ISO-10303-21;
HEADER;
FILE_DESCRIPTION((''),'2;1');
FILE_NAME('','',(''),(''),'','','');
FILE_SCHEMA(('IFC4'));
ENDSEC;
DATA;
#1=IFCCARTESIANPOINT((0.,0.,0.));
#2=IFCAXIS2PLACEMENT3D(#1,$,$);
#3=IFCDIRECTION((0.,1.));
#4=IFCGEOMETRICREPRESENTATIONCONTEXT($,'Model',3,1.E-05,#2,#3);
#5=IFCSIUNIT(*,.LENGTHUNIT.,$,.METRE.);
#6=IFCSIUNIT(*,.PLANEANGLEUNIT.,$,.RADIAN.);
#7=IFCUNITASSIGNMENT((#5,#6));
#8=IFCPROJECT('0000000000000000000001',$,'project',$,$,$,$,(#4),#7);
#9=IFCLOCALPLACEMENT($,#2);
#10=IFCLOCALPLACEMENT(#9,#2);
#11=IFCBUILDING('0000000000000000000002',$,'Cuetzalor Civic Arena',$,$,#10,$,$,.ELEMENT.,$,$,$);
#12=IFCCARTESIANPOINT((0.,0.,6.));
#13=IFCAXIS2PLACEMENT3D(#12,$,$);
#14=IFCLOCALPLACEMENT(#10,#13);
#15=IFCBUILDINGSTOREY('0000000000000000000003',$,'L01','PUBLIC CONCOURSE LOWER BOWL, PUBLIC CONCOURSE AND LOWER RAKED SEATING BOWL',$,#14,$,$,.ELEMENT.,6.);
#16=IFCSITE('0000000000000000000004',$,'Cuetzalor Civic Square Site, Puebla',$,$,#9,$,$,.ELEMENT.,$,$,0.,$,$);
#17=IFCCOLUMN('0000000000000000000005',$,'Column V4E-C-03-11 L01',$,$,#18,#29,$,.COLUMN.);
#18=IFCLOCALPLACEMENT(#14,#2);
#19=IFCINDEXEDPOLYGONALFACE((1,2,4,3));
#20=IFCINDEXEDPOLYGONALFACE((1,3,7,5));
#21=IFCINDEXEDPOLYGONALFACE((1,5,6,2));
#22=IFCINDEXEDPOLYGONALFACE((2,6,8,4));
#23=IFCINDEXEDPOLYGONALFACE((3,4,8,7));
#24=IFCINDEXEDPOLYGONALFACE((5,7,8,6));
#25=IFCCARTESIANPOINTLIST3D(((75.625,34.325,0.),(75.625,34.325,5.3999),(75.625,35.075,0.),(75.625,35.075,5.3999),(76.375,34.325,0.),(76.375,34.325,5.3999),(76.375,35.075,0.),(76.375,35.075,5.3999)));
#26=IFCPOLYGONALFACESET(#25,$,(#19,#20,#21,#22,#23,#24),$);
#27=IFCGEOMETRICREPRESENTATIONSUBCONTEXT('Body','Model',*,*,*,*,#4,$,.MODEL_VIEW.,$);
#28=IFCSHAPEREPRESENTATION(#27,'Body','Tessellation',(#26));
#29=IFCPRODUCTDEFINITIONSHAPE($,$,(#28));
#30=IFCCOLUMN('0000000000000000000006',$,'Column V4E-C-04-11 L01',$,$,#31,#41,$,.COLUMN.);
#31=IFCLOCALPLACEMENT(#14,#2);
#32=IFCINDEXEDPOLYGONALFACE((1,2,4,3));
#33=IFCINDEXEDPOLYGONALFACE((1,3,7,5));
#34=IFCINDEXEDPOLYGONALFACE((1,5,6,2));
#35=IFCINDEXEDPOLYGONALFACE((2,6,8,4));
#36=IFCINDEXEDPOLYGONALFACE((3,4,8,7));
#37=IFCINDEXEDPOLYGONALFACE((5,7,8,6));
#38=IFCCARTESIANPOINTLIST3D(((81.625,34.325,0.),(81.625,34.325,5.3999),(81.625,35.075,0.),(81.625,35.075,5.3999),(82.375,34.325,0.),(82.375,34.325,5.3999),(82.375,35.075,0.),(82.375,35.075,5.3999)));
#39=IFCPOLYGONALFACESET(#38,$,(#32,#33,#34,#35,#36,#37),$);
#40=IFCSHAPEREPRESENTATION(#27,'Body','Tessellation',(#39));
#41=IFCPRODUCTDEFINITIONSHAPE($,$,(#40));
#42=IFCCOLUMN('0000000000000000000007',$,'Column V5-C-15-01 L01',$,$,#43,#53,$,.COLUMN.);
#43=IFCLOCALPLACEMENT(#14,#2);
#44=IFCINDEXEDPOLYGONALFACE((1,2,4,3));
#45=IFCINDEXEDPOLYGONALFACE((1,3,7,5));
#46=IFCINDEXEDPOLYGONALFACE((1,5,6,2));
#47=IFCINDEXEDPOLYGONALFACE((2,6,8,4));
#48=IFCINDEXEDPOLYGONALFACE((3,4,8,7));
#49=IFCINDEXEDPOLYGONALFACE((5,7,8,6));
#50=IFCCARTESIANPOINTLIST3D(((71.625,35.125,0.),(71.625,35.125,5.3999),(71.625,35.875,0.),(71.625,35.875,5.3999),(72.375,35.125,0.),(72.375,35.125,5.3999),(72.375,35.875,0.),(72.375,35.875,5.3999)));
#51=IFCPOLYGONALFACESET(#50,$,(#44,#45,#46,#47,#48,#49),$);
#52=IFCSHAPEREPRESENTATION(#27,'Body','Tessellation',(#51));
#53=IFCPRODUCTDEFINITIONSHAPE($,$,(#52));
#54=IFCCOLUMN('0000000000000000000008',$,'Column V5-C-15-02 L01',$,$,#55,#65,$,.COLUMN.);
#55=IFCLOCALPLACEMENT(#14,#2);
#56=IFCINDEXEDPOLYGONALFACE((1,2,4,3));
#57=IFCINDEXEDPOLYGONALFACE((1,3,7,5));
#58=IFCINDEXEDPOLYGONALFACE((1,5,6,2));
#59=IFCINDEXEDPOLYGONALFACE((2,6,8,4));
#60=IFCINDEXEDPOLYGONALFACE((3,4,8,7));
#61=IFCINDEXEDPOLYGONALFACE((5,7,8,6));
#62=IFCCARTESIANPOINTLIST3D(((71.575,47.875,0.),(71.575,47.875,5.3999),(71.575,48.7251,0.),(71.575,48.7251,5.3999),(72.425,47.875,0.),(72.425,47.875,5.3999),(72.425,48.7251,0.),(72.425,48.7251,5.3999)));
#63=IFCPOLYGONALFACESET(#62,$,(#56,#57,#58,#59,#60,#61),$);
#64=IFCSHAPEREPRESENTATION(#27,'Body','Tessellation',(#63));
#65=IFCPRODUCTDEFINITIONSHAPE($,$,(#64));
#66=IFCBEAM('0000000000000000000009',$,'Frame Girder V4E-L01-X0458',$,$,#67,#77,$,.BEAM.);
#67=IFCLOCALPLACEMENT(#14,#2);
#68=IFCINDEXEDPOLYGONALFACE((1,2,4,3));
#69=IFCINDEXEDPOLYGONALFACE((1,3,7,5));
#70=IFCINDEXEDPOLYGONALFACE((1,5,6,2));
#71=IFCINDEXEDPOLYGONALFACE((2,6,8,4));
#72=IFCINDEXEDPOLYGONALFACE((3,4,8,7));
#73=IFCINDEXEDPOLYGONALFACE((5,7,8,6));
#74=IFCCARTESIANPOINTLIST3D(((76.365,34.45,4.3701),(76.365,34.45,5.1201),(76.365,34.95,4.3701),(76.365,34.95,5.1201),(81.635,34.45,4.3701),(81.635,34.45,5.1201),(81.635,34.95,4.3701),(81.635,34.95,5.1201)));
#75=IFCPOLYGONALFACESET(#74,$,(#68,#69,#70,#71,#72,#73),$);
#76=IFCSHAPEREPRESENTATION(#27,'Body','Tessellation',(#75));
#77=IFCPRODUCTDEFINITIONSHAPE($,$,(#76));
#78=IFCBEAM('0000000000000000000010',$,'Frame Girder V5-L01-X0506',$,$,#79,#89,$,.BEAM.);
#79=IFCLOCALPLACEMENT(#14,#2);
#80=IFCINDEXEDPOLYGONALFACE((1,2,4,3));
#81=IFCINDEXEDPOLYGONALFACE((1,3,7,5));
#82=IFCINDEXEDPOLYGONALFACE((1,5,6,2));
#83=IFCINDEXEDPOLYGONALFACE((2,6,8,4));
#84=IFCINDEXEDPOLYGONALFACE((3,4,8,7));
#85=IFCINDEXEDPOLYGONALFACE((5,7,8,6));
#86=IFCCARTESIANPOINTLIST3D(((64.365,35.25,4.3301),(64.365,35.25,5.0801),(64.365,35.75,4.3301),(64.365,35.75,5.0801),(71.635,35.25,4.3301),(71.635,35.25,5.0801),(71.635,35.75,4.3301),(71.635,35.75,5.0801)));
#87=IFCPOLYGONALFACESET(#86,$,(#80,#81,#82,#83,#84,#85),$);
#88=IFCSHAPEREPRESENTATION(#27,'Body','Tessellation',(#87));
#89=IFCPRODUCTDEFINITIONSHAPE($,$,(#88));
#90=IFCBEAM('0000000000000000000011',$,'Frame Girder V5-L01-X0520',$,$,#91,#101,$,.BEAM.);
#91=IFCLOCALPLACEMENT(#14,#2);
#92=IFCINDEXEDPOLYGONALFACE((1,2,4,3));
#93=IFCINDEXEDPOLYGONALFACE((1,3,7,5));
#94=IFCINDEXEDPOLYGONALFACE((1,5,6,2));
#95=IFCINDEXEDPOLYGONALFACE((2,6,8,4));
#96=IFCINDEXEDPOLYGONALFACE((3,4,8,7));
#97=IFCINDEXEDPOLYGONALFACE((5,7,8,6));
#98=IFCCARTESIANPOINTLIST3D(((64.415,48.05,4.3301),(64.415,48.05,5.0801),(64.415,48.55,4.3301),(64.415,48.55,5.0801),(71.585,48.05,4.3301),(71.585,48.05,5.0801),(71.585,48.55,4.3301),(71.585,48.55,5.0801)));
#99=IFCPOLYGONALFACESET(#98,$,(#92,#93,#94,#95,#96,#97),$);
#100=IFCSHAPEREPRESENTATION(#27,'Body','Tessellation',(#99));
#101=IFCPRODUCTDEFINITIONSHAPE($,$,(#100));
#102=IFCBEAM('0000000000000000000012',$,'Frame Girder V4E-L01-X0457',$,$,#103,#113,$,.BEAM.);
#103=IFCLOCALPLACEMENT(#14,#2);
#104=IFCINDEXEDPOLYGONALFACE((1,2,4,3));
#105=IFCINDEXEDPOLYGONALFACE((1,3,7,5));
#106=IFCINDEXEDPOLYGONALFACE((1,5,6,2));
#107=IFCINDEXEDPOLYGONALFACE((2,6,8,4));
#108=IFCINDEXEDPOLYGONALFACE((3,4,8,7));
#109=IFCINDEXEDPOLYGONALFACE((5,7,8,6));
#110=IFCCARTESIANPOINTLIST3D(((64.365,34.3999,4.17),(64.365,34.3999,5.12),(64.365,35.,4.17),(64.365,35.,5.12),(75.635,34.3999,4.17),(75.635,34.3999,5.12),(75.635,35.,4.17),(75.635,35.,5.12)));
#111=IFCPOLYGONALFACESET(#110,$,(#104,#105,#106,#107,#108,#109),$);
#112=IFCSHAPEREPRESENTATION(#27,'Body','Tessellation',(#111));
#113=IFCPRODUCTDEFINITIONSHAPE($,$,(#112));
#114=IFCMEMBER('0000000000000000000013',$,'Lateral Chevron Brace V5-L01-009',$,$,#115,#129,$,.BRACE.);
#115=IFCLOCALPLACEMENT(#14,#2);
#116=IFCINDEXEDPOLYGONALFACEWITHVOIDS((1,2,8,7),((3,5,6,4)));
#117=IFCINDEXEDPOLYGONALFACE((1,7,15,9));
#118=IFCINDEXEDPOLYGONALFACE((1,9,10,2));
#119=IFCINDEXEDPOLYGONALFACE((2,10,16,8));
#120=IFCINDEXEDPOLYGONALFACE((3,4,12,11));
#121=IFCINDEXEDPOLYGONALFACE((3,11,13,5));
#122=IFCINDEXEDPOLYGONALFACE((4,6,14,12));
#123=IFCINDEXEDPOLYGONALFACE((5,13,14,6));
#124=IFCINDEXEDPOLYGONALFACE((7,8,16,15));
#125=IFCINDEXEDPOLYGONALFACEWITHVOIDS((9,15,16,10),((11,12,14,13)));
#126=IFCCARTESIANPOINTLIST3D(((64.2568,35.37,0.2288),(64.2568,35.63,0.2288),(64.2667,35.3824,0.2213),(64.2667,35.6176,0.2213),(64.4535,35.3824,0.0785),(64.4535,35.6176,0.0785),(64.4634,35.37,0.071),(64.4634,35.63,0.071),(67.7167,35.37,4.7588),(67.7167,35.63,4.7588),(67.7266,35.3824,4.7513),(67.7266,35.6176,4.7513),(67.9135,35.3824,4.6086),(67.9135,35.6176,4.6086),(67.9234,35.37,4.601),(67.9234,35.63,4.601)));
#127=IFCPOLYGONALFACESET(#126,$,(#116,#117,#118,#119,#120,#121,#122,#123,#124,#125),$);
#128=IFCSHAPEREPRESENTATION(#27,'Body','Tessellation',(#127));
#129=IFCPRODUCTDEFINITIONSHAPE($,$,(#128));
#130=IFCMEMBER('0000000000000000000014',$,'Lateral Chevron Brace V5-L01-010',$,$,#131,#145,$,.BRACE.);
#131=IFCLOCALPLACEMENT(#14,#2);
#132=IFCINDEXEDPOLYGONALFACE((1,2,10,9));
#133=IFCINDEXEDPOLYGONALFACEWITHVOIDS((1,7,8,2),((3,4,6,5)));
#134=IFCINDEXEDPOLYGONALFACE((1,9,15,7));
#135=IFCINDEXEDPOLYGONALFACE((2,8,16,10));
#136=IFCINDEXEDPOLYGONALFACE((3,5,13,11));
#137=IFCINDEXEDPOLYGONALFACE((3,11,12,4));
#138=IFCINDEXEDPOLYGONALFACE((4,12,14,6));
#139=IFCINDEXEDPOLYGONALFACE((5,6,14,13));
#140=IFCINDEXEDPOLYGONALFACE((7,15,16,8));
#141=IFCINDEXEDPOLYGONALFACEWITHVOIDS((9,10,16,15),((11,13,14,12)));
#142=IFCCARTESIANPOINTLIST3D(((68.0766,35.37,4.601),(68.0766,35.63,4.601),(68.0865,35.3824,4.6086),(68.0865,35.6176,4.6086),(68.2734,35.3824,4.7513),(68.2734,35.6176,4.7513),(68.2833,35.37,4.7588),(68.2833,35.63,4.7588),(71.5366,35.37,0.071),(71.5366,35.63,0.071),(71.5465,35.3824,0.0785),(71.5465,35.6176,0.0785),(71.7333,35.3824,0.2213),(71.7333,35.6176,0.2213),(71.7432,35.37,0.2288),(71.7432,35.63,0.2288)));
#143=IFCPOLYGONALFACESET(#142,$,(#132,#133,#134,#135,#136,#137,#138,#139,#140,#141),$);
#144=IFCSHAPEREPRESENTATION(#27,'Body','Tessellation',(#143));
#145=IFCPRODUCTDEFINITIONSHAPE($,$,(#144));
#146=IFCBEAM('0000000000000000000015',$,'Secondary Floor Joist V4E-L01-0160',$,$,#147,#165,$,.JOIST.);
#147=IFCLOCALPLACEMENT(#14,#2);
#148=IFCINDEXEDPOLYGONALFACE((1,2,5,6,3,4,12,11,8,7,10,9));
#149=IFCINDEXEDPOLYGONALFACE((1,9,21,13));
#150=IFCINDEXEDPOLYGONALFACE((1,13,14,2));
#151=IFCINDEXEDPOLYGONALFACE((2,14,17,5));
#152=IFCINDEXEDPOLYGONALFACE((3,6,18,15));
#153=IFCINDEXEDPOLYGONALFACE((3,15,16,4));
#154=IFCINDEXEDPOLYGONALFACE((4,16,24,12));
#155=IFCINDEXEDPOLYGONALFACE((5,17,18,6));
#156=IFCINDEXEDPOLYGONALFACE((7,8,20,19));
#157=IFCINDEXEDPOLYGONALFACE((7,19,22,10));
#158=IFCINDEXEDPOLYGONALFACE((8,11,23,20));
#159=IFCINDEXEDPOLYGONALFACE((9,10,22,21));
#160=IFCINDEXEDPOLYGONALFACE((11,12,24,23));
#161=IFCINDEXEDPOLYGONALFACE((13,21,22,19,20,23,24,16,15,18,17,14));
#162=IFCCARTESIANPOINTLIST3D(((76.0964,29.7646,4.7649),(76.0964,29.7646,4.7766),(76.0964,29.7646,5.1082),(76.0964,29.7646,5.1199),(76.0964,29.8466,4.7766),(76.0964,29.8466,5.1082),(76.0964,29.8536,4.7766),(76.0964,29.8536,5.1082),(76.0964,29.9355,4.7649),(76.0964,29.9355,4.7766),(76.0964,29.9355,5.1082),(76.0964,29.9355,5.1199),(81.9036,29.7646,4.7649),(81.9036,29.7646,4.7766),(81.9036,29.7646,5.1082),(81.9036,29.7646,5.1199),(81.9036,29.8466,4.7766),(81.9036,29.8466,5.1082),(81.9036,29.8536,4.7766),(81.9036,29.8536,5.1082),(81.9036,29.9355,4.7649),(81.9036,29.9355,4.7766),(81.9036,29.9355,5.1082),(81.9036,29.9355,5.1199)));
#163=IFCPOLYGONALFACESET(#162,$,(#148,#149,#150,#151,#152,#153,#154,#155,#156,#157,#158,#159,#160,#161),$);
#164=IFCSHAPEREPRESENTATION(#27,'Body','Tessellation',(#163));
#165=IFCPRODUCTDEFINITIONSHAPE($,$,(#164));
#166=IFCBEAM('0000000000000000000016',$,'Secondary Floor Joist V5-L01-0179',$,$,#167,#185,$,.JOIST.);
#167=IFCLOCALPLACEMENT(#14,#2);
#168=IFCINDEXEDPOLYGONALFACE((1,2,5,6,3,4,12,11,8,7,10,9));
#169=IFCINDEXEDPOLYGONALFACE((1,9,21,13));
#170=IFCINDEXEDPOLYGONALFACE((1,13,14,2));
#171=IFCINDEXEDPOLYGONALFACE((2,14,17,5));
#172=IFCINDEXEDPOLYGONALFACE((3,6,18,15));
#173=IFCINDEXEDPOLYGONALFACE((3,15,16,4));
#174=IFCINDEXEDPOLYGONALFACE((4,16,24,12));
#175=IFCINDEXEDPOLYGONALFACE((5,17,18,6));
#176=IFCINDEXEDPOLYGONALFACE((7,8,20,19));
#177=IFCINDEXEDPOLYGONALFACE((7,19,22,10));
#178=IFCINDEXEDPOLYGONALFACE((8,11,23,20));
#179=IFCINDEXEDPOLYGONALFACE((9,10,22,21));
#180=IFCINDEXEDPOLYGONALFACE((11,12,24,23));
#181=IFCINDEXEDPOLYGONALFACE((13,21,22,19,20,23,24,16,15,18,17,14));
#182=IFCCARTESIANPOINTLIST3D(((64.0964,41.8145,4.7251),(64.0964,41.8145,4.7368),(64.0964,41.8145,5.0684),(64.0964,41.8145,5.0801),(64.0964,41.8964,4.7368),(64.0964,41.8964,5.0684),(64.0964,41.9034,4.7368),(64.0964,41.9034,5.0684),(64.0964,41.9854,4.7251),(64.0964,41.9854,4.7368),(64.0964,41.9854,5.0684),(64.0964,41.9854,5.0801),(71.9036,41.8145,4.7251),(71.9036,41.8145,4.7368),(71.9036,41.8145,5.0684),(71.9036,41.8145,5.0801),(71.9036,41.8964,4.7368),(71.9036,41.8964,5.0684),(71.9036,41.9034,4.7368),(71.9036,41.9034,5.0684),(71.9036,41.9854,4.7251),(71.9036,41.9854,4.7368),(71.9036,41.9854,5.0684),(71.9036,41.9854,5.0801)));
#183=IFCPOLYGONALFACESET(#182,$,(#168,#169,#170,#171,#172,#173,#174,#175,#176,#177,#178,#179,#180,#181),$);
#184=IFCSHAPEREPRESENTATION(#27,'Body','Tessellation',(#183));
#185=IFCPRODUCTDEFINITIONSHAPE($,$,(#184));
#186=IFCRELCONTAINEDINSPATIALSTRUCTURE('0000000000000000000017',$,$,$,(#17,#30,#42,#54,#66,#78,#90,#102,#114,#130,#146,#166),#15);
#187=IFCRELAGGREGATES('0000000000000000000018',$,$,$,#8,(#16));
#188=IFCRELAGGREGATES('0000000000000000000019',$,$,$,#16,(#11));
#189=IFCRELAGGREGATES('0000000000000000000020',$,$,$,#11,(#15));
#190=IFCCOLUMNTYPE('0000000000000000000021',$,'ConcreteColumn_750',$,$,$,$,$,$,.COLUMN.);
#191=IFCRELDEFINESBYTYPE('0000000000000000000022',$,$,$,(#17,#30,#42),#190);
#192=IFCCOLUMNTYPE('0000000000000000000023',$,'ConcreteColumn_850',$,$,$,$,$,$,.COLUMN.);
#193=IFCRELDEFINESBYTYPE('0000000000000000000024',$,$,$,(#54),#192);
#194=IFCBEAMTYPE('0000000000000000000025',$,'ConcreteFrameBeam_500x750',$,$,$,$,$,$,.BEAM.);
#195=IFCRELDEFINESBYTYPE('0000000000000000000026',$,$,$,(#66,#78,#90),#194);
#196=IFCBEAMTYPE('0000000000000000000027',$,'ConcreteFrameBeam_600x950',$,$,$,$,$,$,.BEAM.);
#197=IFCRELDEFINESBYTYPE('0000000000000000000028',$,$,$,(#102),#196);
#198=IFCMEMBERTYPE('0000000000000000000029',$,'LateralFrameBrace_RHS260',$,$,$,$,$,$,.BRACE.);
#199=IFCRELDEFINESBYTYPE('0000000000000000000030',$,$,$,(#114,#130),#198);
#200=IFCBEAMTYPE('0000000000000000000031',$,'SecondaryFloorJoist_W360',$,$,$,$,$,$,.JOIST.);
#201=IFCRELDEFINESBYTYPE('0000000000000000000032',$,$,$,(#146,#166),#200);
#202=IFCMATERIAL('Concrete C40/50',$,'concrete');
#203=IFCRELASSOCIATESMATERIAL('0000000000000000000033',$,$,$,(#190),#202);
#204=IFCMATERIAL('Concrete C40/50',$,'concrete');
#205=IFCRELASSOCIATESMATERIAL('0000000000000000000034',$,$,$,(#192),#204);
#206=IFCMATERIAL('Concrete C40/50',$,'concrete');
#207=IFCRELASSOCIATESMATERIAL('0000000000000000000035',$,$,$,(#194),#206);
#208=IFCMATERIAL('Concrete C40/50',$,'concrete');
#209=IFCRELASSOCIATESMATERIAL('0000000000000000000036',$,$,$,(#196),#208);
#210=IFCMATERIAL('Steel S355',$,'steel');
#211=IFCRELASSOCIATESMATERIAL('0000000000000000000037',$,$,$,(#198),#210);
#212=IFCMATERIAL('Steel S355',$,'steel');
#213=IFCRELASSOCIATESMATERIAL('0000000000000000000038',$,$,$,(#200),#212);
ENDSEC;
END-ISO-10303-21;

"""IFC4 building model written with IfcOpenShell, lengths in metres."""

from ifc_helpers import new_model, si_unit, direction, frame, origin, origin_2d, place, context, subcontext, project, spatial, rectangle, hollow_rectangle, i_section, extrude, material, material_profile, profile_set, type_object, element, save


model = new_model("IFC4")

# Units and contexts
model_context = context("Model", 3, precision=1e-05, world=origin(), true_north=direction((0.0, 1.0)))
body_context = subcontext(model_context, "Body", "Model", "MODEL_VIEW")
ifc_project = project(units=[si_unit("LENGTHUNIT", "METRE"), si_unit("PLANEANGLEUNIT", "RADIAN")], contexts=[model_context])

# Site, building, storey
site_placement = place(None, origin())
site = spatial("IfcSite", under=ifc_project, at=site_placement, Name="Cuetzalor Civic Square Site, Puebla", CompositionType="ELEMENT", RefElevation=0.0)
building_placement = place(site_placement, origin())
building = spatial("IfcBuilding", under=site, at=building_placement, Name="Cuetzalor Civic Arena", CompositionType="ELEMENT")
storey_placement = place(building_placement, frame((0.0, 0.0, 6.0)))
storey = spatial("IfcBuildingStorey", under=building, at=storey_placement, Name="L01", Description="PUBLIC CONCOURSE LOWER BOWL, PUBLIC CONCOURSE AND LOWER RAKED SEATING BOWL", CompositionType="ELEMENT", Elevation=6.0)

# Columns
ifc_material_1 = material(Name="Concrete C40/50", Category="concrete")
ifc_material_profile_1 = material_profile(ifc_material_1, rectangle(XDim=0.75, YDim=0.75, at=origin_2d()), Name="RC 750x750")
ifc_profile_set_1 = profile_set([ifc_material_profile_1], Name="Concrete C40/50")
column_type_1 = type_object("IfcColumnType", Name="ConcreteColumn_750", PredefinedType="COLUMN", material=ifc_profile_set_1)
for number, where, z_axis, x_axis, name in (
    (1, (76.0, 34.7, 0.0), (0.0, 0.0, 1.0), (1.0, 0.0, 0.0), "Column V4E-C-03-11 L01"),
    (2, (82.0, 34.7, 0.0), (0.0, 0.0, 1.0), (1.0, 0.0, 0.0), "Column V4E-C-04-11 L01"),
    (3, (72.0, 35.5, 0.0), (0.0, 0.0, 1.0), (1.0, 0.0, 0.0), "Column V5-C-15-01 L01"),
):
    element("IfcColumn", number, at=place(storey_placement, frame(where, z_axis=z_axis, x_axis=x_axis)), inside=storey, type_object=column_type_1, Name=name, PredefinedType="COLUMN", context=body_context, shape_type="SweptSolid", body=[
        extrude(rectangle(XDim=0.75, YDim=0.75, at=origin_2d()), origin(), (0.0, 0.0, 1.0), 5.3999),
    ])
ifc_material_2 = material(Name="Concrete C40/50", Category="concrete")
ifc_material_profile_2 = material_profile(ifc_material_2, rectangle(XDim=0.8501, YDim=0.8501, at=origin_2d()), Name="RC 850x850")
ifc_profile_set_2 = profile_set([ifc_material_profile_2], Name="Concrete C40/50")
column_type_2 = type_object("IfcColumnType", Name="ConcreteColumn_850", PredefinedType="COLUMN", material=ifc_profile_set_2)
column_placement = place(storey_placement, frame((72.0, 48.3, 0.0), z_axis=(0.0, 0.0, 1.0), x_axis=(1.0, 0.0, 0.0)))
element("IfcColumn", 4, at=column_placement, inside=storey, type_object=column_type_2, Name="Column V5-C-15-02 L01", PredefinedType="COLUMN", context=body_context, shape_type="SweptSolid", body=[
    extrude(rectangle(XDim=0.8501, YDim=0.8501, at=origin_2d()), origin(), (0.0, 0.0, 1.0), 5.3999),
])

# Beams
ifc_material_3 = material(Name="Concrete C40/50", Category="concrete")
ifc_material_profile_3 = material_profile(ifc_material_3, rectangle(XDim=0.5, YDim=0.75, at=origin_2d()), Name="RC 500x750")
ifc_profile_set_3 = profile_set([ifc_material_profile_3], Name="Concrete C40/50")
beam_type_1 = type_object("IfcBeamType", Name="ConcreteFrameBeam_500x750", PredefinedType="BEAM", material=ifc_profile_set_3)
beam_1_placement = place(storey_placement, frame((76.365, 34.7, 4.7451), z_axis=(1.0, 0.0, 0.0), x_axis=(0.0, 1.0, 0.0)))
element("IfcBeam", 5, at=beam_1_placement, inside=storey, type_object=beam_type_1, Name="Frame Girder V4E-L01-X0458", PredefinedType="BEAM", context=body_context, shape_type="SweptSolid", body=[
    extrude(rectangle(XDim=0.5, YDim=0.75, at=origin_2d()), origin(), (0.0, 0.0, 1.0), 5.27),
])
beam_2_placement = place(storey_placement, frame((64.365, 35.5, 4.7051), z_axis=(1.0, 0.0, 0.0), x_axis=(0.0, 1.0, 0.0)))
element("IfcBeam", 6, at=beam_2_placement, inside=storey, type_object=beam_type_1, Name="Frame Girder V5-L01-X0506", PredefinedType="BEAM", context=body_context, shape_type="SweptSolid", body=[
    extrude(rectangle(XDim=0.5, YDim=0.75, at=origin_2d()), origin(), (0.0, 0.0, 1.0), 7.27),
])
beam_3_placement = place(storey_placement, frame((64.415, 48.3, 4.7051), z_axis=(1.0, 0.0, 0.0), x_axis=(0.0, 1.0, 0.0)))
element("IfcBeam", 7, at=beam_3_placement, inside=storey, type_object=beam_type_1, Name="Frame Girder V5-L01-X0520", PredefinedType="BEAM", context=body_context, shape_type="SweptSolid", body=[
    extrude(rectangle(XDim=0.5, YDim=0.75, at=origin_2d()), origin(), (0.0, 0.0, 1.0), 7.1699),
])
ifc_material_4 = material(Name="Concrete C40/50", Category="concrete")
ifc_material_profile_4 = material_profile(ifc_material_4, rectangle(XDim=0.6001, YDim=0.95, at=origin_2d()), Name="RC 600x950")
ifc_profile_set_4 = profile_set([ifc_material_profile_4], Name="Concrete C40/50")
beam_type_2 = type_object("IfcBeamType", Name="ConcreteFrameBeam_600x950", PredefinedType="BEAM", material=ifc_profile_set_4)
beam_4_placement = place(storey_placement, frame((64.365, 34.7, 4.645), z_axis=(1.0, 0.0, 0.0), x_axis=(0.0, 1.0, 0.0)))
element("IfcBeam", 8, at=beam_4_placement, inside=storey, type_object=beam_type_2, Name="Frame Girder V4E-L01-X0457", PredefinedType="BEAM", context=body_context, shape_type="SweptSolid", body=[
    extrude(rectangle(XDim=0.6001, YDim=0.95, at=origin_2d()), origin(), (0.0, 0.0, 1.0), 11.27),
])

# Members
ifc_material_5 = material(Name="Steel S355", Category="steel")
ifc_material_profile_5 = material_profile(ifc_material_5, hollow_rectangle(XDim=0.26, YDim=0.26, WallThickness=0.0125, at=origin_2d()), Name="RHS 260x260x12.5")
ifc_profile_set_5 = profile_set([ifc_material_profile_5], Name="Steel S355")
member_type = type_object("IfcMemberType", Name="LateralFrameBrace_RHS260", PredefinedType="BRACE", material=ifc_profile_set_5)
for number, where, z_axis, x_axis, name in (
    (9, (64.3601, 35.5, 0.1499), (0.606987, 0.0, 0.794711), (0.0, 1.0, 0.0), "Lateral Chevron Brace V5-L01-009"),
    (10, (71.6399, 35.5, 0.1499), (-0.606987, 0.0, 0.794711), (0.0, -1.0, 0.0), "Lateral Chevron Brace V5-L01-010"),
):
    element("IfcMember", number, at=place(storey_placement, frame(where, z_axis=z_axis, x_axis=x_axis)), inside=storey, type_object=member_type, Name=name, PredefinedType="BRACE", context=body_context, shape_type="SweptSolid", body=[
        extrude(hollow_rectangle(XDim=0.26, YDim=0.26, WallThickness=0.0125, at=origin_2d()), origin(), (0.0, 0.0, 1.0), 5.7002),
    ])

# Beams
ifc_material_6 = material(Name="Steel S355", Category="steel")
ifc_material_profile_6 = material_profile(ifc_material_6, i_section(OverallWidth=0.1709, OverallDepth=0.355, WebThickness=0.0071, FlangeThickness=0.0117, at=origin_2d()), Name="W360x51")
ifc_profile_set_6 = profile_set([ifc_material_profile_6], Name="Steel S355")
beam_type_3 = type_object("IfcBeamType", Name="SecondaryFloorJoist_W360", PredefinedType="JOIST", material=ifc_profile_set_6)
beam_5_placement = place(storey_placement, frame((76.0964, 29.8501, 4.9424), z_axis=(1.0, 0.0, 0.0), x_axis=(0.0, 1.0, 0.0)))
element("IfcBeam", 11, at=beam_5_placement, inside=storey, type_object=beam_type_3, Name="Secondary Floor Joist V4E-L01-0160", PredefinedType="JOIST", context=body_context, shape_type="SweptSolid", body=[
    extrude(i_section(OverallWidth=0.1709, OverallDepth=0.355, WebThickness=0.0071, FlangeThickness=0.0117, at=origin_2d()), origin(), (0.0, 0.0, 1.0), 5.8071),
])
for number, where, z_axis, x_axis, name in (
    (12, (64.0964, 41.8999, 4.9026), (1.0, 0.0, 0.0), (0.0, 1.0, 0.0), "Secondary Floor Joist V5-L01-0179"),
):
    element("IfcBeam", number, at=place(storey_placement, frame(where, z_axis=z_axis, x_axis=x_axis)), inside=storey, type_object=beam_type_3, Name=name, PredefinedType="JOIST", context=body_context, shape_type="SweptSolid", body=[
        extrude(i_section(OverallWidth=0.1709, OverallDepth=0.355, WebThickness=0.0071, FlangeThickness=0.0117, at=origin_2d()), origin(), (0.0, 0.0, 1.0), 7.8071),
    ])

save(model, "model.ifc")
